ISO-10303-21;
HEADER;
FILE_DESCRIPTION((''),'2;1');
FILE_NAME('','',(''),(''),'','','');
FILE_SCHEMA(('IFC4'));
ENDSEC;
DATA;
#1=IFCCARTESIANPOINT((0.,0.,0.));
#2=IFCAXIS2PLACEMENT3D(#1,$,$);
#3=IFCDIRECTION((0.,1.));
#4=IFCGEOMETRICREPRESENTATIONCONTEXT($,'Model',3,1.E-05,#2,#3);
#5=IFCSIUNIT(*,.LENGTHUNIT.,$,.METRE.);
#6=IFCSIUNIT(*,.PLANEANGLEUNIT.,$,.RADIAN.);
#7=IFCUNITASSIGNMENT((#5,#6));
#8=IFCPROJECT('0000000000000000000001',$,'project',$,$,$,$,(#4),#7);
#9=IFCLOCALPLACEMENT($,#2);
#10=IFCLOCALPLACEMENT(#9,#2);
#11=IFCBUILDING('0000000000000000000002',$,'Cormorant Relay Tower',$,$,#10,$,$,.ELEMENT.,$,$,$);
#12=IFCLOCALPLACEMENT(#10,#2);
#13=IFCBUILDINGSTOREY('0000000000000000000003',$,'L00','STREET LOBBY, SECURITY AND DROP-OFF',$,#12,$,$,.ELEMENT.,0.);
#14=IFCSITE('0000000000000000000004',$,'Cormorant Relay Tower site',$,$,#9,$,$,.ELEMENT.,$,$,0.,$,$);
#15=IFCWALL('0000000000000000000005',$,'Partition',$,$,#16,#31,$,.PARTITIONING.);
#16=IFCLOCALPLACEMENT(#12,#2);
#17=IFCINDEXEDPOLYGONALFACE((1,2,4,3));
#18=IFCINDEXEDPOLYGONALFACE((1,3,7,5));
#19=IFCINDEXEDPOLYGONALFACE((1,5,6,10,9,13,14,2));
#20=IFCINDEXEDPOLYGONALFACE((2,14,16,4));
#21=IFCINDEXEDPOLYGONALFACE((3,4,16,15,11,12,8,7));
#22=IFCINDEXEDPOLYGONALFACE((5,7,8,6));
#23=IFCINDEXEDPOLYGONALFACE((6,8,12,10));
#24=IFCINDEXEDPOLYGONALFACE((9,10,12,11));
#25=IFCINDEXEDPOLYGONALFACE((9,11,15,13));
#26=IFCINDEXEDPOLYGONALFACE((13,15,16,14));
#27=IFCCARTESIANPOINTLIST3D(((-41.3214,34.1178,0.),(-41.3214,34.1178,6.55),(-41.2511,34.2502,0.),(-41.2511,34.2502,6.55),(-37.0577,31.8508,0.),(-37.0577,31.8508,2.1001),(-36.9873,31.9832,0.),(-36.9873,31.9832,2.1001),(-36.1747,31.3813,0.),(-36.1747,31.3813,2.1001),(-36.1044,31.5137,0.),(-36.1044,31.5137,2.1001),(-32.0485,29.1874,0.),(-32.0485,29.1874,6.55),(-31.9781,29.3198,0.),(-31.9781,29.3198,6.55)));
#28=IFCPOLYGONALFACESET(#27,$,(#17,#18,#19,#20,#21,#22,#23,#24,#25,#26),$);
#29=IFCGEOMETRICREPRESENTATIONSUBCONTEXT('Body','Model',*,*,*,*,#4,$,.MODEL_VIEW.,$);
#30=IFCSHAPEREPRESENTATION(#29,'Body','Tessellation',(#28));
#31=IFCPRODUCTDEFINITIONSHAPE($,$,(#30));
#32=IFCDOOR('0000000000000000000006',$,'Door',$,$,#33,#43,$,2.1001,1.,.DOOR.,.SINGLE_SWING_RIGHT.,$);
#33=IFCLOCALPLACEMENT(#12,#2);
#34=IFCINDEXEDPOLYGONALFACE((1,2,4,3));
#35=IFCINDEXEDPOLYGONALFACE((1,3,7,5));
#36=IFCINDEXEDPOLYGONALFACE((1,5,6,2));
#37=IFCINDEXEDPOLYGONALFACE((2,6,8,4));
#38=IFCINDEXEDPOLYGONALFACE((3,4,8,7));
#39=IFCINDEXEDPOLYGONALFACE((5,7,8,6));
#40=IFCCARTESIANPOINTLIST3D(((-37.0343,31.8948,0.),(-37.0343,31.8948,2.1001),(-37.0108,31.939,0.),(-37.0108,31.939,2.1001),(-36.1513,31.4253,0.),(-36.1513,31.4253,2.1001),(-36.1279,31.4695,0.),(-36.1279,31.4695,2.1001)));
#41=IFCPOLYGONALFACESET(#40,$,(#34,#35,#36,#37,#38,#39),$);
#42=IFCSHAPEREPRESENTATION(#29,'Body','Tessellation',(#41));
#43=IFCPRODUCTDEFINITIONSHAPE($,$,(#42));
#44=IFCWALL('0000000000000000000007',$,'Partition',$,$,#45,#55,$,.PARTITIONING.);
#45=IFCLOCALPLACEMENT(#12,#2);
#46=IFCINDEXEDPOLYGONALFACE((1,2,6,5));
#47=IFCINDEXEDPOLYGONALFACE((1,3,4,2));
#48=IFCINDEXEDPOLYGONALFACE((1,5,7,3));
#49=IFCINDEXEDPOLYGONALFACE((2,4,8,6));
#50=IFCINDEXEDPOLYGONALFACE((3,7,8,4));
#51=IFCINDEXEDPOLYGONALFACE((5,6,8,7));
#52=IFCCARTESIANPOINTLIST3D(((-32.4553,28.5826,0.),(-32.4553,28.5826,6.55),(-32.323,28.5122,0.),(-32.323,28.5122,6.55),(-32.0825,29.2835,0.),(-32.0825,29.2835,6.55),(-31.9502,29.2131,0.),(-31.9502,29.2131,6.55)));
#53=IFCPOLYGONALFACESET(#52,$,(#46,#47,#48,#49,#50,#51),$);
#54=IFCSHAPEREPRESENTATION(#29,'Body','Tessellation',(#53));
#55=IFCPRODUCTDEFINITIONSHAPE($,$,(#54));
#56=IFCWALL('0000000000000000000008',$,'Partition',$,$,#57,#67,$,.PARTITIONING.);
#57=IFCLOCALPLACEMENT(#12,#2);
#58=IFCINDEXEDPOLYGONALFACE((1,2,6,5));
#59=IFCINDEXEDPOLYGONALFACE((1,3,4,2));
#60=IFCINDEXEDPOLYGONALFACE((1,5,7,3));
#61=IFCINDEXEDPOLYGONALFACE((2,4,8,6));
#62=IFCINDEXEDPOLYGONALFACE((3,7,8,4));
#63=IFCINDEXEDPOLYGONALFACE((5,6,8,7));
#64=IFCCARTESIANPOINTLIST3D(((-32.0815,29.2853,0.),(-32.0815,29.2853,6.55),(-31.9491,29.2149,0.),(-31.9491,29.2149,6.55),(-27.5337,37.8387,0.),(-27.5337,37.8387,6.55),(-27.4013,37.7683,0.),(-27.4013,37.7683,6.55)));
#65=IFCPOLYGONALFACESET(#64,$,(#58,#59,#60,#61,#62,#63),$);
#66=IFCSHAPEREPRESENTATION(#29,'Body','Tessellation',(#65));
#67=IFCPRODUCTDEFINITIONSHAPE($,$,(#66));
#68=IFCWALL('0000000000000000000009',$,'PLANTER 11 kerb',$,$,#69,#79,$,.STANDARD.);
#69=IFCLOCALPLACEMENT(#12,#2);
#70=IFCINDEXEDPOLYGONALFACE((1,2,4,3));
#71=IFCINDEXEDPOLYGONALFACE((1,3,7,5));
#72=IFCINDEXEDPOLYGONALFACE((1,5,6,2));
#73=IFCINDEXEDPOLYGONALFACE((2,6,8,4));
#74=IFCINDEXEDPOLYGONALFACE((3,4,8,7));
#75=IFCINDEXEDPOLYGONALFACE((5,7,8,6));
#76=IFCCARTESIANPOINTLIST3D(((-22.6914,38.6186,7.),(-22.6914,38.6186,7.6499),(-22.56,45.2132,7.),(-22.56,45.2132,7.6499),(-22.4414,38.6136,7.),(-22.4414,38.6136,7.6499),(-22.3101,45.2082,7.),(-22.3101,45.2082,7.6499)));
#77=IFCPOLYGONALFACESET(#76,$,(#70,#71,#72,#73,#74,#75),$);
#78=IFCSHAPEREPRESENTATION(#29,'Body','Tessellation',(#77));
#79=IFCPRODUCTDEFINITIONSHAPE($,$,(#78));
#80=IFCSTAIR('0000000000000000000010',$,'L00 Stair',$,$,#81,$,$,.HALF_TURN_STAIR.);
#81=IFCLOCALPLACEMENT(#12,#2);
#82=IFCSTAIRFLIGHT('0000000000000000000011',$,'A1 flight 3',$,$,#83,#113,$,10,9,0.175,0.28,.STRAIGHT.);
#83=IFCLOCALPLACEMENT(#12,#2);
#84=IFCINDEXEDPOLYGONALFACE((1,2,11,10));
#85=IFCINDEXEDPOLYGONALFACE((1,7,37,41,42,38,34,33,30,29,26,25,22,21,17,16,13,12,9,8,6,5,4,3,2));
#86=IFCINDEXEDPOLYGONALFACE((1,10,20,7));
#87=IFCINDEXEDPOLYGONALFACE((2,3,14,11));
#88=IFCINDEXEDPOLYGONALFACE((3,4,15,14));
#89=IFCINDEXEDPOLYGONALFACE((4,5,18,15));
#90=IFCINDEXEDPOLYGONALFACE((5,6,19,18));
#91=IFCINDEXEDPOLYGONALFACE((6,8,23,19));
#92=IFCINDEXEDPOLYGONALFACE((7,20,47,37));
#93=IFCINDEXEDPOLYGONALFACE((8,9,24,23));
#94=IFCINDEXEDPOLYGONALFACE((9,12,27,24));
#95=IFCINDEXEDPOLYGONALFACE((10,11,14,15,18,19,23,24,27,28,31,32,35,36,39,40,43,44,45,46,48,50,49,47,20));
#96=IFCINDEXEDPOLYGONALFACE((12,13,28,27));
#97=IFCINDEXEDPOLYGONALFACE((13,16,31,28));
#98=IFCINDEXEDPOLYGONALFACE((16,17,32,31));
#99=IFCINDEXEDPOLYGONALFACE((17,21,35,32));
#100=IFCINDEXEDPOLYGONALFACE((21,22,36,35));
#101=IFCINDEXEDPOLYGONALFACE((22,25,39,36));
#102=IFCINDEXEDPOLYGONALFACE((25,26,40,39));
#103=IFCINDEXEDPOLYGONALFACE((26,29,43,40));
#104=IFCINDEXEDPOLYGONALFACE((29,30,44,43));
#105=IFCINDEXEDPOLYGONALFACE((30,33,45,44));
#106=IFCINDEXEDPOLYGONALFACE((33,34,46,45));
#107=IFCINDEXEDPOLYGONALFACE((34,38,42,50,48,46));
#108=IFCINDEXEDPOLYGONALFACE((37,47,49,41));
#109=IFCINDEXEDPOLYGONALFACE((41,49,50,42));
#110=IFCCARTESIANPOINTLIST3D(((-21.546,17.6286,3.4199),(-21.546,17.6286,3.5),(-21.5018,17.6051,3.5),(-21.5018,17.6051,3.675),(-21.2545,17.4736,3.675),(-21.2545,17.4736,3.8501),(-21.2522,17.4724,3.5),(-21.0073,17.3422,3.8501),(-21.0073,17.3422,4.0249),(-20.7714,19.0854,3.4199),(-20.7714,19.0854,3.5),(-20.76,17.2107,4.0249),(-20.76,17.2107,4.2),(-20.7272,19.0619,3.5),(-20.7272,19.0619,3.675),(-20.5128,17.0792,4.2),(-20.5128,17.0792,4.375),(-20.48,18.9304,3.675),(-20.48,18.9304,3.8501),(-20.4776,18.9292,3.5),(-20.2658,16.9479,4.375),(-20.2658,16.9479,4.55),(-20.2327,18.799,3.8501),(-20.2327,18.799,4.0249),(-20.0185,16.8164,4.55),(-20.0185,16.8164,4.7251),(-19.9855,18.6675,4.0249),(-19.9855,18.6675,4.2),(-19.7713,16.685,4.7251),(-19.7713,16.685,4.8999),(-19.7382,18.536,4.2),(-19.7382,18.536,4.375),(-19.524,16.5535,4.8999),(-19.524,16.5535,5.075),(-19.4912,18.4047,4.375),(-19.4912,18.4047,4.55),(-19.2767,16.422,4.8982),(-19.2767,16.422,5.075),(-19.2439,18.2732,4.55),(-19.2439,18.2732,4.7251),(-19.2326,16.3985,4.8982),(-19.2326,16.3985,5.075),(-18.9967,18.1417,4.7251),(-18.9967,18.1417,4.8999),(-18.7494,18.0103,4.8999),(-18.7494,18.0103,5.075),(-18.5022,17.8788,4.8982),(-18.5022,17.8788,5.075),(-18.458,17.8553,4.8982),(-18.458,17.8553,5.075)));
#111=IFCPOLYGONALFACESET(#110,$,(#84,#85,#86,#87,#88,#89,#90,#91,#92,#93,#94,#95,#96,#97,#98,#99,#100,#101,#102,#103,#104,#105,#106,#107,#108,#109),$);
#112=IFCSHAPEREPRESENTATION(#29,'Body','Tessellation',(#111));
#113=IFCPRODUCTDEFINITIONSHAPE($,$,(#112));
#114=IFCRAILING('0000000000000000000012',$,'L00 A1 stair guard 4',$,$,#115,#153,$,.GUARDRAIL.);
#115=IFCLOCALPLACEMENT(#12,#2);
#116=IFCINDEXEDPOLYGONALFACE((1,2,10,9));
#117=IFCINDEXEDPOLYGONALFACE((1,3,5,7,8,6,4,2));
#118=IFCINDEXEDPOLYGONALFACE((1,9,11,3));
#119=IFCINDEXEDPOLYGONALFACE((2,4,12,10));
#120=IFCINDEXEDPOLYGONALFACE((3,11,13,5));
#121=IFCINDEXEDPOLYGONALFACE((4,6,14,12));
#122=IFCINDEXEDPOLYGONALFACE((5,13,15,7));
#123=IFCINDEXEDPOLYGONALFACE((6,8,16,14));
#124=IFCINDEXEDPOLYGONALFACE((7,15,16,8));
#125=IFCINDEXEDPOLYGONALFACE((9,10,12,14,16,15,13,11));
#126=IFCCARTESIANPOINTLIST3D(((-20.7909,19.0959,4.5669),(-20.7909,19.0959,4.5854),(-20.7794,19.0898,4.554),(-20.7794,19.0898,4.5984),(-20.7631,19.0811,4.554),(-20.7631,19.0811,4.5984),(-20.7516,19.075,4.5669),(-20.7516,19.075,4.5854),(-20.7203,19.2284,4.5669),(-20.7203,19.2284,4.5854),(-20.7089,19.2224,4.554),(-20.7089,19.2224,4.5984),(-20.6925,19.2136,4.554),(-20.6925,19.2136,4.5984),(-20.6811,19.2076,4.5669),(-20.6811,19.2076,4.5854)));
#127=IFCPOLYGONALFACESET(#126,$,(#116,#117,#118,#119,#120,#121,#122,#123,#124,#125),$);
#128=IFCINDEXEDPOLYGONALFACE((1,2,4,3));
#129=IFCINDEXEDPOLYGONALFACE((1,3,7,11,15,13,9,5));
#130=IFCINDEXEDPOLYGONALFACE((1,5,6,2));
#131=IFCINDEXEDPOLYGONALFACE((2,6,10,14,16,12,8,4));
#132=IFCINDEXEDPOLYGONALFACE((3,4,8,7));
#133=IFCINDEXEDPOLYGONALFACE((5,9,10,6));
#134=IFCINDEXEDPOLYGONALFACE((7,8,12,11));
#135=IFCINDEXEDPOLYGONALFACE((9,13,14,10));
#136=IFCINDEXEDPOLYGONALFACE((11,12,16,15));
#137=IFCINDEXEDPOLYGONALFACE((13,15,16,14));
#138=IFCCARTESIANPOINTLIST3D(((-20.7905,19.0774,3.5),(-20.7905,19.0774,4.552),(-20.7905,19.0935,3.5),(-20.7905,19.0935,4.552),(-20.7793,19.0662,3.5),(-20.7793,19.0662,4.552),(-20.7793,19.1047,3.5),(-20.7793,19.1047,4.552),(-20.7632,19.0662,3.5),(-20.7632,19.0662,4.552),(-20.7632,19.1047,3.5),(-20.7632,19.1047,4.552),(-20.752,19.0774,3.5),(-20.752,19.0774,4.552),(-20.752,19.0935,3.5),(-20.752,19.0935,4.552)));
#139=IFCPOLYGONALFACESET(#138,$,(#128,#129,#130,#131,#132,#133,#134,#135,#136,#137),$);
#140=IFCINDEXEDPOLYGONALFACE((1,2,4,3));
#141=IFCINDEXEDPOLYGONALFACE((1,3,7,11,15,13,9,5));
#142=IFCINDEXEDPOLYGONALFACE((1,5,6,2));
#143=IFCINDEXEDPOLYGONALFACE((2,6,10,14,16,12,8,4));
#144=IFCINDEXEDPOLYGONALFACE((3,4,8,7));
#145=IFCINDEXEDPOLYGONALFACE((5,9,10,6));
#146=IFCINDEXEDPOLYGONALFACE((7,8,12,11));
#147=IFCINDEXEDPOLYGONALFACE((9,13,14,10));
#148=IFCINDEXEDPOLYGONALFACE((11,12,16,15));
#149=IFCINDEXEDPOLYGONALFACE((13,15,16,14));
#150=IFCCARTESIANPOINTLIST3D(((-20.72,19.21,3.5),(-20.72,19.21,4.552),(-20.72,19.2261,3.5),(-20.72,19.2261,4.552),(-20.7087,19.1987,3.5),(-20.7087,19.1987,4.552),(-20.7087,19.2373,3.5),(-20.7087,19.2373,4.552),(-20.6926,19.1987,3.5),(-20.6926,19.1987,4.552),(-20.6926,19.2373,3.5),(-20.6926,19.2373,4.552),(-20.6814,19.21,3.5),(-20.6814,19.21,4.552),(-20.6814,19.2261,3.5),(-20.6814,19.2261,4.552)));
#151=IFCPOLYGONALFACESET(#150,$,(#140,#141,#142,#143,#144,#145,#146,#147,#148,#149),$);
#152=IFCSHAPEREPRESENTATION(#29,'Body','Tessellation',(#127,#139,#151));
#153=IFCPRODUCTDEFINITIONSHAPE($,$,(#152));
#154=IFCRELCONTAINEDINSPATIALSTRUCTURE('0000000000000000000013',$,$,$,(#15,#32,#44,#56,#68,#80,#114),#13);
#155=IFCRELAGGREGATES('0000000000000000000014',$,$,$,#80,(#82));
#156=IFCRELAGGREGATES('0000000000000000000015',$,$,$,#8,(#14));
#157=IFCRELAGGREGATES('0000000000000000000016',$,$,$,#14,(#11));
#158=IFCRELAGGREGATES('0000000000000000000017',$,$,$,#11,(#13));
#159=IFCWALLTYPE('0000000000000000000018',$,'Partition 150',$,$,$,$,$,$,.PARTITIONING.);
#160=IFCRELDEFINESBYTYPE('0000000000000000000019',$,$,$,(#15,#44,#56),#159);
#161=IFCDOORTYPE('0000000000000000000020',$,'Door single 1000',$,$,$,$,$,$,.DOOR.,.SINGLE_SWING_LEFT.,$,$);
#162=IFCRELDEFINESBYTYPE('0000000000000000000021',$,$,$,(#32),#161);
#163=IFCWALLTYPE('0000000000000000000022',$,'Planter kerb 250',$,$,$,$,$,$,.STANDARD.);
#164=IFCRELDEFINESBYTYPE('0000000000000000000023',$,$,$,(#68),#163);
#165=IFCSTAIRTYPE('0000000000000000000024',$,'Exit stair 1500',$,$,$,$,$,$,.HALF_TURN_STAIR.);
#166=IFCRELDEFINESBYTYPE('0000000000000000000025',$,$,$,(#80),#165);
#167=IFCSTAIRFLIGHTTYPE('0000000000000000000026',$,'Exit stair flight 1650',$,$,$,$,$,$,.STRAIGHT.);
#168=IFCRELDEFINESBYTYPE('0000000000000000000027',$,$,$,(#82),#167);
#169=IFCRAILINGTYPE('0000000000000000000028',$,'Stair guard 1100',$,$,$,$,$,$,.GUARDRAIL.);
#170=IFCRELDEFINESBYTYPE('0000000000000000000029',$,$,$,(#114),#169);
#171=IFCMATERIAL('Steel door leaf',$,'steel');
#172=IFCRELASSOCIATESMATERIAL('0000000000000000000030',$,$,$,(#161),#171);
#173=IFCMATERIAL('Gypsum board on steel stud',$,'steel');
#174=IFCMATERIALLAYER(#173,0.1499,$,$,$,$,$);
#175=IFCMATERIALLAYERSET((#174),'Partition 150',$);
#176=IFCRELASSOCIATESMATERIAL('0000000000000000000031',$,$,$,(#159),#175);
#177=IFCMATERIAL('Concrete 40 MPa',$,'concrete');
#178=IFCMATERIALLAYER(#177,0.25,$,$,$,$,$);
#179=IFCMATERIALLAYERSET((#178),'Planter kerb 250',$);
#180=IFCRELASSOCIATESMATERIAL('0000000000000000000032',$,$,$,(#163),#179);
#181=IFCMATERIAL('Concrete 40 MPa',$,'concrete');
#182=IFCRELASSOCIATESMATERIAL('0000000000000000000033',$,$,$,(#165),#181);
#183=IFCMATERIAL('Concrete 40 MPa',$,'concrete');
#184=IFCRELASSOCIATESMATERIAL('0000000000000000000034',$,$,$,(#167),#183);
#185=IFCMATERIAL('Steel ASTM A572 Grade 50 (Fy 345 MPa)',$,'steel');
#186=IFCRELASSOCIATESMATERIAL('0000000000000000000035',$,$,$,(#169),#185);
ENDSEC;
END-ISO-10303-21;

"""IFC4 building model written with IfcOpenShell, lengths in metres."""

from ifc_helpers import new_model, si_unit, direction, frame, frame_2d, origin, place, context, subcontext, project, spatial, polyline, rectangle, outline, extrude, material, layer, layer_set, type_object, element, fill, aggregate, save


model = new_model("IFC4")

# Units and contexts
model_context = context("Model", 3, precision=1e-05, world=origin(), true_north=direction((0.0, 1.0)))
body_context = subcontext(model_context, "Body", "Model", "MODEL_VIEW")
ifc_project = project(units=[si_unit("LENGTHUNIT", "METRE"), si_unit("PLANEANGLEUNIT", "RADIAN")], contexts=[model_context])

# Site, building, storey
site_placement = place(None, origin())
site = spatial("IfcSite", under=ifc_project, at=site_placement, Name="Cormorant Relay Tower site", CompositionType="ELEMENT", RefElevation=0.0)
building_placement = place(site_placement, origin())
building = spatial("IfcBuilding", under=site, at=building_placement, Name="Cormorant Relay Tower", CompositionType="ELEMENT")
storey_placement = place(building_placement, origin())
storey = spatial("IfcBuildingStorey", under=building, at=storey_placement, Name="L00", Description="STREET LOBBY, SECURITY AND DROP-OFF", CompositionType="ELEMENT", Elevation=0.0)

# Wall, opening, door
ifc_material_1 = material(Name="Steel door leaf", Category="steel")
door_type_1 = type_object("IfcDoorType", Name="Door single 1000", OperationType="SINGLE_SWING_LEFT", PredefinedType="DOOR", material=ifc_material_1)
ifc_material_2 = material(Name="Gypsum board on steel stud", Category="steel")
ifc_layer_1 = layer(ifc_material_2, 0.1499)
ifc_layer_set_1 = layer_set([ifc_layer_1], Name="Partition 150")
wall_type_1 = type_object("IfcWallType", Name="Partition 150", PredefinedType="PARTITIONING", material=ifc_layer_set_1)
wall_1_placement = place(storey_placement, frame((-32.0134, 29.2537, 0.0), z_axis=(0.0, 0.0, 1.0), x_axis=(-0.882951, 0.469465, 0.0)))
wall_1 = element("IfcWall", 1, at=wall_1_placement, inside=storey, type_object=wall_type_1, Name="Partition", PredefinedType="PARTITIONING", context=body_context, shape_type="SweptSolid", body=[
    extrude(rectangle(XDim=10.5022, YDim=0.1499, at=frame_2d((5.251, 0.0))), origin(), (0.0, 0.0, 1.0), 6.55),
])
opening_1_placement = place(wall_1_placement, frame((4.6731, 0.0, 0.0)))
opening_1 = element("IfcOpeningElement", 2, at=opening_1_placement, cuts=wall_1, PredefinedType="OPENING", context=body_context, shape_type="SweptSolid", body=[
    extrude(rectangle(XDim=1.0, YDim=2.1001, at=frame_2d((0.5, 1.05))), frame((0.0, 0.085, 0.0), z_axis=(0.0, -1.0, 0.0), x_axis=(1.0, 0.0, 0.0)), (0.0, 0.0, 1.0), 0.1699),
])
door_1_placement = place(opening_1_placement, frame((1.0, 0.0, 0.0), z_axis=(0.0, 0.0, 1.0), x_axis=(-1.0, 0.0, 0.0)))
door_1 = element("IfcDoor", 3, at=door_1_placement, inside=storey, type_object=door_type_1, Name="Door", OperationType="SINGLE_SWING_RIGHT", OverallHeight=2.1001, OverallWidth=1.0, PredefinedType="DOOR", context=body_context, shape_type="SweptSolid", body=[
    extrude(rectangle(XDim=1.0, YDim=2.1001, at=frame_2d((0.5, 1.05))), frame((0.0, 0.0249, 0.0), z_axis=(0.0, -1.0, 0.0), x_axis=(1.0, 0.0, 0.0)), (0.0, 0.0, 1.0), 0.05),
])
fill(opening_1, door_1)

# Walls
wall_2_placement = place(storey_placement, frame((-32.3892, 28.5474, 0.0), z_axis=(0.0, 0.0, 1.0), x_axis=(0.469582, 0.882889, 0.0)))
element("IfcWall", 4, at=wall_2_placement, inside=storey, type_object=wall_type_1, Name="Partition", PredefinedType="PARTITIONING", context=body_context, shape_type="SweptSolid", body=[
    extrude(rectangle(XDim=0.7939, YDim=0.1499, at=frame_2d((0.397, 0.0))), origin(), (0.0, 0.0, 1.0), 6.55),
])
wall_3_placement = place(storey_placement, frame((-32.0154, 29.25, 0.0), z_axis=(0.0, 0.0, 1.0), x_axis=(0.469463, 0.882952, 0.0)))
element("IfcWall", 5, at=wall_3_placement, inside=storey, type_object=wall_type_1, Name="Partition", PredefinedType="PARTITIONING", context=body_context, shape_type="SweptSolid", body=[
    extrude(rectangle(XDim=9.6873, YDim=0.1499, at=frame_2d((4.8438, 0.0))), origin(), (0.0, 0.0, 1.0), 6.55),
])
ifc_material_3 = material(Name="Concrete 40 MPa", Category="concrete")
ifc_layer_2 = layer(ifc_material_3, 0.25)
ifc_layer_set_2 = layer_set([ifc_layer_2], Name="Planter kerb 250")
wall_type_2 = type_object("IfcWallType", Name="Planter kerb 250", PredefinedType="STANDARD", material=ifc_layer_set_2)
wall_4_placement = place(storey_placement, frame((-22.5664, 38.6162, 7.0), z_axis=(0.0, 0.0, 1.0), x_axis=(0.019913, 0.999802, 0.0)))
element("IfcWall", 6, at=wall_4_placement, inside=storey, type_object=wall_type_2, Name="PLANTER 11 kerb", PredefinedType="STANDARD", context=body_context, shape_type="SweptSolid", body=[
    extrude(rectangle(XDim=6.5959, YDim=0.25, at=frame_2d((3.2979, 0.0))), origin(), (0.0, 0.0, 1.0), 0.6499),
])

# Stair, stair flight
ifc_material_4 = material(Name="Concrete 40 MPa", Category="concrete")
stair_type = type_object("IfcStairType", Name="Exit stair 1500", PredefinedType="HALF_TURN_STAIR", material=ifc_material_4)
stair_placement = place(storey_placement, origin())
stair = element("IfcStair", 7, at=stair_placement, inside=storey, type_object=stair_type, Name="L00 Stair", PredefinedType="HALF_TURN_STAIR")
ifc_material_5 = material(Name="Concrete 40 MPa", Category="concrete")
stair_flight_type = type_object("IfcStairFlightType", Name="Exit stair flight 1650", PredefinedType="STRAIGHT", material=ifc_material_5)
stair_flight_placement = place(storey_placement, frame((-21.1145, 18.3335, 3.5), z_axis=(0.0, 0.0, 1.0), x_axis=(0.882948, -0.469472, 0.0)))
stair_flight = element("IfcStairFlight", 8, at=stair_flight_placement, type_object=stair_flight_type, Name="A1 flight 3", NumberOfRisers=10, NumberOfTreads=9, PredefinedType="STRAIGHT", RiserHeight=0.175, TreadLength=0.28, context=body_context, shape_type="SweptSolid", body=[
    extrude(outline(polyline([(-0.05, -0.0801), (-0.05, 0.0), (0.0, 0.0), (0.0, 0.175), (0.28, 0.175), (0.28, 0.3501), (0.5601, 0.3501), (0.5601, 0.5249), (0.8401, 0.5249), (0.8401, 0.7), (1.1201, 0.7), (1.1201, 0.875), (1.3999, 0.875), (1.3999, 1.05), (1.6799, 1.05), (1.6799, 1.2251), (1.96, 1.2251), (1.96, 1.3999), (2.24, 1.3999), (2.24, 1.575), (2.52, 1.575), (2.5701, 1.575), (2.5701, 1.3982), (2.52, 1.3982), (0.2827, 0.0), (-0.05, -0.0801)])), frame((0.0, 0.825, 0.0), z_axis=(0.0, -1.0, 0.0), x_axis=(1.0, 0.0, 0.0)), (0.0, 0.0, 1.0), 1.6499),
])
aggregate(stair, [stair_flight])

# Railing
ifc_material_6 = material(Name="Steel ASTM A572 Grade 50 (Fy 345 MPa)", Category="steel")
railing_type = type_object("IfcRailingType", Name="Stair guard 1100", PredefinedType="GUARDRAIL", material=ifc_material_6)
railing_placement = place(storey_placement, frame((-20.7712, 19.0854, 3.5)))
element("IfcRailing", 9, at=railing_placement, inside=storey, type_object=railing_type, Name="L00 A1 stair guard 4", PredefinedType="GUARDRAIL", context=body_context, shape_type="SweptSolid", body=[
    extrude(outline(polyline([(0.0222, 0.0093), (0.0093, 0.0222), (-0.0093, 0.0222), (-0.0222, 0.0093), (-0.0222, -0.0093), (-0.0093, -0.0222), (0.0093, -0.0222), (0.0222, -0.0093), (0.0222, 0.0093)])), frame((0.0, 0.0, 1.0762), z_axis=(0.469829, 0.882758, 0.0), x_axis=(-0.882758, 0.469829, 0.0)), (0.0, 0.0, 1.0), 0.1501),
    extrude(outline(polyline([(0.0193, 0.0081), (0.0081, 0.0193), (-0.0081, 0.0193), (-0.0193, 0.0081), (-0.0193, -0.0081), (-0.0081, -0.0193), (0.0081, -0.0193), (0.0193, -0.0081), (0.0193, 0.0081)])), origin(), (0.0, 0.0, 1.0), 1.052),
    extrude(outline(polyline([(0.0193, 0.0081), (0.0081, 0.0193), (-0.0081, 0.0193), (-0.0193, 0.0081), (-0.0193, -0.0081), (-0.0081, -0.0193), (0.0081, -0.0193), (0.0193, -0.0081), (0.0193, 0.0081)])), frame((0.0706, 0.1326, 0.0)), (0.0, 0.0, 1.0), 1.052),
])

save(model, "model.ifc")
